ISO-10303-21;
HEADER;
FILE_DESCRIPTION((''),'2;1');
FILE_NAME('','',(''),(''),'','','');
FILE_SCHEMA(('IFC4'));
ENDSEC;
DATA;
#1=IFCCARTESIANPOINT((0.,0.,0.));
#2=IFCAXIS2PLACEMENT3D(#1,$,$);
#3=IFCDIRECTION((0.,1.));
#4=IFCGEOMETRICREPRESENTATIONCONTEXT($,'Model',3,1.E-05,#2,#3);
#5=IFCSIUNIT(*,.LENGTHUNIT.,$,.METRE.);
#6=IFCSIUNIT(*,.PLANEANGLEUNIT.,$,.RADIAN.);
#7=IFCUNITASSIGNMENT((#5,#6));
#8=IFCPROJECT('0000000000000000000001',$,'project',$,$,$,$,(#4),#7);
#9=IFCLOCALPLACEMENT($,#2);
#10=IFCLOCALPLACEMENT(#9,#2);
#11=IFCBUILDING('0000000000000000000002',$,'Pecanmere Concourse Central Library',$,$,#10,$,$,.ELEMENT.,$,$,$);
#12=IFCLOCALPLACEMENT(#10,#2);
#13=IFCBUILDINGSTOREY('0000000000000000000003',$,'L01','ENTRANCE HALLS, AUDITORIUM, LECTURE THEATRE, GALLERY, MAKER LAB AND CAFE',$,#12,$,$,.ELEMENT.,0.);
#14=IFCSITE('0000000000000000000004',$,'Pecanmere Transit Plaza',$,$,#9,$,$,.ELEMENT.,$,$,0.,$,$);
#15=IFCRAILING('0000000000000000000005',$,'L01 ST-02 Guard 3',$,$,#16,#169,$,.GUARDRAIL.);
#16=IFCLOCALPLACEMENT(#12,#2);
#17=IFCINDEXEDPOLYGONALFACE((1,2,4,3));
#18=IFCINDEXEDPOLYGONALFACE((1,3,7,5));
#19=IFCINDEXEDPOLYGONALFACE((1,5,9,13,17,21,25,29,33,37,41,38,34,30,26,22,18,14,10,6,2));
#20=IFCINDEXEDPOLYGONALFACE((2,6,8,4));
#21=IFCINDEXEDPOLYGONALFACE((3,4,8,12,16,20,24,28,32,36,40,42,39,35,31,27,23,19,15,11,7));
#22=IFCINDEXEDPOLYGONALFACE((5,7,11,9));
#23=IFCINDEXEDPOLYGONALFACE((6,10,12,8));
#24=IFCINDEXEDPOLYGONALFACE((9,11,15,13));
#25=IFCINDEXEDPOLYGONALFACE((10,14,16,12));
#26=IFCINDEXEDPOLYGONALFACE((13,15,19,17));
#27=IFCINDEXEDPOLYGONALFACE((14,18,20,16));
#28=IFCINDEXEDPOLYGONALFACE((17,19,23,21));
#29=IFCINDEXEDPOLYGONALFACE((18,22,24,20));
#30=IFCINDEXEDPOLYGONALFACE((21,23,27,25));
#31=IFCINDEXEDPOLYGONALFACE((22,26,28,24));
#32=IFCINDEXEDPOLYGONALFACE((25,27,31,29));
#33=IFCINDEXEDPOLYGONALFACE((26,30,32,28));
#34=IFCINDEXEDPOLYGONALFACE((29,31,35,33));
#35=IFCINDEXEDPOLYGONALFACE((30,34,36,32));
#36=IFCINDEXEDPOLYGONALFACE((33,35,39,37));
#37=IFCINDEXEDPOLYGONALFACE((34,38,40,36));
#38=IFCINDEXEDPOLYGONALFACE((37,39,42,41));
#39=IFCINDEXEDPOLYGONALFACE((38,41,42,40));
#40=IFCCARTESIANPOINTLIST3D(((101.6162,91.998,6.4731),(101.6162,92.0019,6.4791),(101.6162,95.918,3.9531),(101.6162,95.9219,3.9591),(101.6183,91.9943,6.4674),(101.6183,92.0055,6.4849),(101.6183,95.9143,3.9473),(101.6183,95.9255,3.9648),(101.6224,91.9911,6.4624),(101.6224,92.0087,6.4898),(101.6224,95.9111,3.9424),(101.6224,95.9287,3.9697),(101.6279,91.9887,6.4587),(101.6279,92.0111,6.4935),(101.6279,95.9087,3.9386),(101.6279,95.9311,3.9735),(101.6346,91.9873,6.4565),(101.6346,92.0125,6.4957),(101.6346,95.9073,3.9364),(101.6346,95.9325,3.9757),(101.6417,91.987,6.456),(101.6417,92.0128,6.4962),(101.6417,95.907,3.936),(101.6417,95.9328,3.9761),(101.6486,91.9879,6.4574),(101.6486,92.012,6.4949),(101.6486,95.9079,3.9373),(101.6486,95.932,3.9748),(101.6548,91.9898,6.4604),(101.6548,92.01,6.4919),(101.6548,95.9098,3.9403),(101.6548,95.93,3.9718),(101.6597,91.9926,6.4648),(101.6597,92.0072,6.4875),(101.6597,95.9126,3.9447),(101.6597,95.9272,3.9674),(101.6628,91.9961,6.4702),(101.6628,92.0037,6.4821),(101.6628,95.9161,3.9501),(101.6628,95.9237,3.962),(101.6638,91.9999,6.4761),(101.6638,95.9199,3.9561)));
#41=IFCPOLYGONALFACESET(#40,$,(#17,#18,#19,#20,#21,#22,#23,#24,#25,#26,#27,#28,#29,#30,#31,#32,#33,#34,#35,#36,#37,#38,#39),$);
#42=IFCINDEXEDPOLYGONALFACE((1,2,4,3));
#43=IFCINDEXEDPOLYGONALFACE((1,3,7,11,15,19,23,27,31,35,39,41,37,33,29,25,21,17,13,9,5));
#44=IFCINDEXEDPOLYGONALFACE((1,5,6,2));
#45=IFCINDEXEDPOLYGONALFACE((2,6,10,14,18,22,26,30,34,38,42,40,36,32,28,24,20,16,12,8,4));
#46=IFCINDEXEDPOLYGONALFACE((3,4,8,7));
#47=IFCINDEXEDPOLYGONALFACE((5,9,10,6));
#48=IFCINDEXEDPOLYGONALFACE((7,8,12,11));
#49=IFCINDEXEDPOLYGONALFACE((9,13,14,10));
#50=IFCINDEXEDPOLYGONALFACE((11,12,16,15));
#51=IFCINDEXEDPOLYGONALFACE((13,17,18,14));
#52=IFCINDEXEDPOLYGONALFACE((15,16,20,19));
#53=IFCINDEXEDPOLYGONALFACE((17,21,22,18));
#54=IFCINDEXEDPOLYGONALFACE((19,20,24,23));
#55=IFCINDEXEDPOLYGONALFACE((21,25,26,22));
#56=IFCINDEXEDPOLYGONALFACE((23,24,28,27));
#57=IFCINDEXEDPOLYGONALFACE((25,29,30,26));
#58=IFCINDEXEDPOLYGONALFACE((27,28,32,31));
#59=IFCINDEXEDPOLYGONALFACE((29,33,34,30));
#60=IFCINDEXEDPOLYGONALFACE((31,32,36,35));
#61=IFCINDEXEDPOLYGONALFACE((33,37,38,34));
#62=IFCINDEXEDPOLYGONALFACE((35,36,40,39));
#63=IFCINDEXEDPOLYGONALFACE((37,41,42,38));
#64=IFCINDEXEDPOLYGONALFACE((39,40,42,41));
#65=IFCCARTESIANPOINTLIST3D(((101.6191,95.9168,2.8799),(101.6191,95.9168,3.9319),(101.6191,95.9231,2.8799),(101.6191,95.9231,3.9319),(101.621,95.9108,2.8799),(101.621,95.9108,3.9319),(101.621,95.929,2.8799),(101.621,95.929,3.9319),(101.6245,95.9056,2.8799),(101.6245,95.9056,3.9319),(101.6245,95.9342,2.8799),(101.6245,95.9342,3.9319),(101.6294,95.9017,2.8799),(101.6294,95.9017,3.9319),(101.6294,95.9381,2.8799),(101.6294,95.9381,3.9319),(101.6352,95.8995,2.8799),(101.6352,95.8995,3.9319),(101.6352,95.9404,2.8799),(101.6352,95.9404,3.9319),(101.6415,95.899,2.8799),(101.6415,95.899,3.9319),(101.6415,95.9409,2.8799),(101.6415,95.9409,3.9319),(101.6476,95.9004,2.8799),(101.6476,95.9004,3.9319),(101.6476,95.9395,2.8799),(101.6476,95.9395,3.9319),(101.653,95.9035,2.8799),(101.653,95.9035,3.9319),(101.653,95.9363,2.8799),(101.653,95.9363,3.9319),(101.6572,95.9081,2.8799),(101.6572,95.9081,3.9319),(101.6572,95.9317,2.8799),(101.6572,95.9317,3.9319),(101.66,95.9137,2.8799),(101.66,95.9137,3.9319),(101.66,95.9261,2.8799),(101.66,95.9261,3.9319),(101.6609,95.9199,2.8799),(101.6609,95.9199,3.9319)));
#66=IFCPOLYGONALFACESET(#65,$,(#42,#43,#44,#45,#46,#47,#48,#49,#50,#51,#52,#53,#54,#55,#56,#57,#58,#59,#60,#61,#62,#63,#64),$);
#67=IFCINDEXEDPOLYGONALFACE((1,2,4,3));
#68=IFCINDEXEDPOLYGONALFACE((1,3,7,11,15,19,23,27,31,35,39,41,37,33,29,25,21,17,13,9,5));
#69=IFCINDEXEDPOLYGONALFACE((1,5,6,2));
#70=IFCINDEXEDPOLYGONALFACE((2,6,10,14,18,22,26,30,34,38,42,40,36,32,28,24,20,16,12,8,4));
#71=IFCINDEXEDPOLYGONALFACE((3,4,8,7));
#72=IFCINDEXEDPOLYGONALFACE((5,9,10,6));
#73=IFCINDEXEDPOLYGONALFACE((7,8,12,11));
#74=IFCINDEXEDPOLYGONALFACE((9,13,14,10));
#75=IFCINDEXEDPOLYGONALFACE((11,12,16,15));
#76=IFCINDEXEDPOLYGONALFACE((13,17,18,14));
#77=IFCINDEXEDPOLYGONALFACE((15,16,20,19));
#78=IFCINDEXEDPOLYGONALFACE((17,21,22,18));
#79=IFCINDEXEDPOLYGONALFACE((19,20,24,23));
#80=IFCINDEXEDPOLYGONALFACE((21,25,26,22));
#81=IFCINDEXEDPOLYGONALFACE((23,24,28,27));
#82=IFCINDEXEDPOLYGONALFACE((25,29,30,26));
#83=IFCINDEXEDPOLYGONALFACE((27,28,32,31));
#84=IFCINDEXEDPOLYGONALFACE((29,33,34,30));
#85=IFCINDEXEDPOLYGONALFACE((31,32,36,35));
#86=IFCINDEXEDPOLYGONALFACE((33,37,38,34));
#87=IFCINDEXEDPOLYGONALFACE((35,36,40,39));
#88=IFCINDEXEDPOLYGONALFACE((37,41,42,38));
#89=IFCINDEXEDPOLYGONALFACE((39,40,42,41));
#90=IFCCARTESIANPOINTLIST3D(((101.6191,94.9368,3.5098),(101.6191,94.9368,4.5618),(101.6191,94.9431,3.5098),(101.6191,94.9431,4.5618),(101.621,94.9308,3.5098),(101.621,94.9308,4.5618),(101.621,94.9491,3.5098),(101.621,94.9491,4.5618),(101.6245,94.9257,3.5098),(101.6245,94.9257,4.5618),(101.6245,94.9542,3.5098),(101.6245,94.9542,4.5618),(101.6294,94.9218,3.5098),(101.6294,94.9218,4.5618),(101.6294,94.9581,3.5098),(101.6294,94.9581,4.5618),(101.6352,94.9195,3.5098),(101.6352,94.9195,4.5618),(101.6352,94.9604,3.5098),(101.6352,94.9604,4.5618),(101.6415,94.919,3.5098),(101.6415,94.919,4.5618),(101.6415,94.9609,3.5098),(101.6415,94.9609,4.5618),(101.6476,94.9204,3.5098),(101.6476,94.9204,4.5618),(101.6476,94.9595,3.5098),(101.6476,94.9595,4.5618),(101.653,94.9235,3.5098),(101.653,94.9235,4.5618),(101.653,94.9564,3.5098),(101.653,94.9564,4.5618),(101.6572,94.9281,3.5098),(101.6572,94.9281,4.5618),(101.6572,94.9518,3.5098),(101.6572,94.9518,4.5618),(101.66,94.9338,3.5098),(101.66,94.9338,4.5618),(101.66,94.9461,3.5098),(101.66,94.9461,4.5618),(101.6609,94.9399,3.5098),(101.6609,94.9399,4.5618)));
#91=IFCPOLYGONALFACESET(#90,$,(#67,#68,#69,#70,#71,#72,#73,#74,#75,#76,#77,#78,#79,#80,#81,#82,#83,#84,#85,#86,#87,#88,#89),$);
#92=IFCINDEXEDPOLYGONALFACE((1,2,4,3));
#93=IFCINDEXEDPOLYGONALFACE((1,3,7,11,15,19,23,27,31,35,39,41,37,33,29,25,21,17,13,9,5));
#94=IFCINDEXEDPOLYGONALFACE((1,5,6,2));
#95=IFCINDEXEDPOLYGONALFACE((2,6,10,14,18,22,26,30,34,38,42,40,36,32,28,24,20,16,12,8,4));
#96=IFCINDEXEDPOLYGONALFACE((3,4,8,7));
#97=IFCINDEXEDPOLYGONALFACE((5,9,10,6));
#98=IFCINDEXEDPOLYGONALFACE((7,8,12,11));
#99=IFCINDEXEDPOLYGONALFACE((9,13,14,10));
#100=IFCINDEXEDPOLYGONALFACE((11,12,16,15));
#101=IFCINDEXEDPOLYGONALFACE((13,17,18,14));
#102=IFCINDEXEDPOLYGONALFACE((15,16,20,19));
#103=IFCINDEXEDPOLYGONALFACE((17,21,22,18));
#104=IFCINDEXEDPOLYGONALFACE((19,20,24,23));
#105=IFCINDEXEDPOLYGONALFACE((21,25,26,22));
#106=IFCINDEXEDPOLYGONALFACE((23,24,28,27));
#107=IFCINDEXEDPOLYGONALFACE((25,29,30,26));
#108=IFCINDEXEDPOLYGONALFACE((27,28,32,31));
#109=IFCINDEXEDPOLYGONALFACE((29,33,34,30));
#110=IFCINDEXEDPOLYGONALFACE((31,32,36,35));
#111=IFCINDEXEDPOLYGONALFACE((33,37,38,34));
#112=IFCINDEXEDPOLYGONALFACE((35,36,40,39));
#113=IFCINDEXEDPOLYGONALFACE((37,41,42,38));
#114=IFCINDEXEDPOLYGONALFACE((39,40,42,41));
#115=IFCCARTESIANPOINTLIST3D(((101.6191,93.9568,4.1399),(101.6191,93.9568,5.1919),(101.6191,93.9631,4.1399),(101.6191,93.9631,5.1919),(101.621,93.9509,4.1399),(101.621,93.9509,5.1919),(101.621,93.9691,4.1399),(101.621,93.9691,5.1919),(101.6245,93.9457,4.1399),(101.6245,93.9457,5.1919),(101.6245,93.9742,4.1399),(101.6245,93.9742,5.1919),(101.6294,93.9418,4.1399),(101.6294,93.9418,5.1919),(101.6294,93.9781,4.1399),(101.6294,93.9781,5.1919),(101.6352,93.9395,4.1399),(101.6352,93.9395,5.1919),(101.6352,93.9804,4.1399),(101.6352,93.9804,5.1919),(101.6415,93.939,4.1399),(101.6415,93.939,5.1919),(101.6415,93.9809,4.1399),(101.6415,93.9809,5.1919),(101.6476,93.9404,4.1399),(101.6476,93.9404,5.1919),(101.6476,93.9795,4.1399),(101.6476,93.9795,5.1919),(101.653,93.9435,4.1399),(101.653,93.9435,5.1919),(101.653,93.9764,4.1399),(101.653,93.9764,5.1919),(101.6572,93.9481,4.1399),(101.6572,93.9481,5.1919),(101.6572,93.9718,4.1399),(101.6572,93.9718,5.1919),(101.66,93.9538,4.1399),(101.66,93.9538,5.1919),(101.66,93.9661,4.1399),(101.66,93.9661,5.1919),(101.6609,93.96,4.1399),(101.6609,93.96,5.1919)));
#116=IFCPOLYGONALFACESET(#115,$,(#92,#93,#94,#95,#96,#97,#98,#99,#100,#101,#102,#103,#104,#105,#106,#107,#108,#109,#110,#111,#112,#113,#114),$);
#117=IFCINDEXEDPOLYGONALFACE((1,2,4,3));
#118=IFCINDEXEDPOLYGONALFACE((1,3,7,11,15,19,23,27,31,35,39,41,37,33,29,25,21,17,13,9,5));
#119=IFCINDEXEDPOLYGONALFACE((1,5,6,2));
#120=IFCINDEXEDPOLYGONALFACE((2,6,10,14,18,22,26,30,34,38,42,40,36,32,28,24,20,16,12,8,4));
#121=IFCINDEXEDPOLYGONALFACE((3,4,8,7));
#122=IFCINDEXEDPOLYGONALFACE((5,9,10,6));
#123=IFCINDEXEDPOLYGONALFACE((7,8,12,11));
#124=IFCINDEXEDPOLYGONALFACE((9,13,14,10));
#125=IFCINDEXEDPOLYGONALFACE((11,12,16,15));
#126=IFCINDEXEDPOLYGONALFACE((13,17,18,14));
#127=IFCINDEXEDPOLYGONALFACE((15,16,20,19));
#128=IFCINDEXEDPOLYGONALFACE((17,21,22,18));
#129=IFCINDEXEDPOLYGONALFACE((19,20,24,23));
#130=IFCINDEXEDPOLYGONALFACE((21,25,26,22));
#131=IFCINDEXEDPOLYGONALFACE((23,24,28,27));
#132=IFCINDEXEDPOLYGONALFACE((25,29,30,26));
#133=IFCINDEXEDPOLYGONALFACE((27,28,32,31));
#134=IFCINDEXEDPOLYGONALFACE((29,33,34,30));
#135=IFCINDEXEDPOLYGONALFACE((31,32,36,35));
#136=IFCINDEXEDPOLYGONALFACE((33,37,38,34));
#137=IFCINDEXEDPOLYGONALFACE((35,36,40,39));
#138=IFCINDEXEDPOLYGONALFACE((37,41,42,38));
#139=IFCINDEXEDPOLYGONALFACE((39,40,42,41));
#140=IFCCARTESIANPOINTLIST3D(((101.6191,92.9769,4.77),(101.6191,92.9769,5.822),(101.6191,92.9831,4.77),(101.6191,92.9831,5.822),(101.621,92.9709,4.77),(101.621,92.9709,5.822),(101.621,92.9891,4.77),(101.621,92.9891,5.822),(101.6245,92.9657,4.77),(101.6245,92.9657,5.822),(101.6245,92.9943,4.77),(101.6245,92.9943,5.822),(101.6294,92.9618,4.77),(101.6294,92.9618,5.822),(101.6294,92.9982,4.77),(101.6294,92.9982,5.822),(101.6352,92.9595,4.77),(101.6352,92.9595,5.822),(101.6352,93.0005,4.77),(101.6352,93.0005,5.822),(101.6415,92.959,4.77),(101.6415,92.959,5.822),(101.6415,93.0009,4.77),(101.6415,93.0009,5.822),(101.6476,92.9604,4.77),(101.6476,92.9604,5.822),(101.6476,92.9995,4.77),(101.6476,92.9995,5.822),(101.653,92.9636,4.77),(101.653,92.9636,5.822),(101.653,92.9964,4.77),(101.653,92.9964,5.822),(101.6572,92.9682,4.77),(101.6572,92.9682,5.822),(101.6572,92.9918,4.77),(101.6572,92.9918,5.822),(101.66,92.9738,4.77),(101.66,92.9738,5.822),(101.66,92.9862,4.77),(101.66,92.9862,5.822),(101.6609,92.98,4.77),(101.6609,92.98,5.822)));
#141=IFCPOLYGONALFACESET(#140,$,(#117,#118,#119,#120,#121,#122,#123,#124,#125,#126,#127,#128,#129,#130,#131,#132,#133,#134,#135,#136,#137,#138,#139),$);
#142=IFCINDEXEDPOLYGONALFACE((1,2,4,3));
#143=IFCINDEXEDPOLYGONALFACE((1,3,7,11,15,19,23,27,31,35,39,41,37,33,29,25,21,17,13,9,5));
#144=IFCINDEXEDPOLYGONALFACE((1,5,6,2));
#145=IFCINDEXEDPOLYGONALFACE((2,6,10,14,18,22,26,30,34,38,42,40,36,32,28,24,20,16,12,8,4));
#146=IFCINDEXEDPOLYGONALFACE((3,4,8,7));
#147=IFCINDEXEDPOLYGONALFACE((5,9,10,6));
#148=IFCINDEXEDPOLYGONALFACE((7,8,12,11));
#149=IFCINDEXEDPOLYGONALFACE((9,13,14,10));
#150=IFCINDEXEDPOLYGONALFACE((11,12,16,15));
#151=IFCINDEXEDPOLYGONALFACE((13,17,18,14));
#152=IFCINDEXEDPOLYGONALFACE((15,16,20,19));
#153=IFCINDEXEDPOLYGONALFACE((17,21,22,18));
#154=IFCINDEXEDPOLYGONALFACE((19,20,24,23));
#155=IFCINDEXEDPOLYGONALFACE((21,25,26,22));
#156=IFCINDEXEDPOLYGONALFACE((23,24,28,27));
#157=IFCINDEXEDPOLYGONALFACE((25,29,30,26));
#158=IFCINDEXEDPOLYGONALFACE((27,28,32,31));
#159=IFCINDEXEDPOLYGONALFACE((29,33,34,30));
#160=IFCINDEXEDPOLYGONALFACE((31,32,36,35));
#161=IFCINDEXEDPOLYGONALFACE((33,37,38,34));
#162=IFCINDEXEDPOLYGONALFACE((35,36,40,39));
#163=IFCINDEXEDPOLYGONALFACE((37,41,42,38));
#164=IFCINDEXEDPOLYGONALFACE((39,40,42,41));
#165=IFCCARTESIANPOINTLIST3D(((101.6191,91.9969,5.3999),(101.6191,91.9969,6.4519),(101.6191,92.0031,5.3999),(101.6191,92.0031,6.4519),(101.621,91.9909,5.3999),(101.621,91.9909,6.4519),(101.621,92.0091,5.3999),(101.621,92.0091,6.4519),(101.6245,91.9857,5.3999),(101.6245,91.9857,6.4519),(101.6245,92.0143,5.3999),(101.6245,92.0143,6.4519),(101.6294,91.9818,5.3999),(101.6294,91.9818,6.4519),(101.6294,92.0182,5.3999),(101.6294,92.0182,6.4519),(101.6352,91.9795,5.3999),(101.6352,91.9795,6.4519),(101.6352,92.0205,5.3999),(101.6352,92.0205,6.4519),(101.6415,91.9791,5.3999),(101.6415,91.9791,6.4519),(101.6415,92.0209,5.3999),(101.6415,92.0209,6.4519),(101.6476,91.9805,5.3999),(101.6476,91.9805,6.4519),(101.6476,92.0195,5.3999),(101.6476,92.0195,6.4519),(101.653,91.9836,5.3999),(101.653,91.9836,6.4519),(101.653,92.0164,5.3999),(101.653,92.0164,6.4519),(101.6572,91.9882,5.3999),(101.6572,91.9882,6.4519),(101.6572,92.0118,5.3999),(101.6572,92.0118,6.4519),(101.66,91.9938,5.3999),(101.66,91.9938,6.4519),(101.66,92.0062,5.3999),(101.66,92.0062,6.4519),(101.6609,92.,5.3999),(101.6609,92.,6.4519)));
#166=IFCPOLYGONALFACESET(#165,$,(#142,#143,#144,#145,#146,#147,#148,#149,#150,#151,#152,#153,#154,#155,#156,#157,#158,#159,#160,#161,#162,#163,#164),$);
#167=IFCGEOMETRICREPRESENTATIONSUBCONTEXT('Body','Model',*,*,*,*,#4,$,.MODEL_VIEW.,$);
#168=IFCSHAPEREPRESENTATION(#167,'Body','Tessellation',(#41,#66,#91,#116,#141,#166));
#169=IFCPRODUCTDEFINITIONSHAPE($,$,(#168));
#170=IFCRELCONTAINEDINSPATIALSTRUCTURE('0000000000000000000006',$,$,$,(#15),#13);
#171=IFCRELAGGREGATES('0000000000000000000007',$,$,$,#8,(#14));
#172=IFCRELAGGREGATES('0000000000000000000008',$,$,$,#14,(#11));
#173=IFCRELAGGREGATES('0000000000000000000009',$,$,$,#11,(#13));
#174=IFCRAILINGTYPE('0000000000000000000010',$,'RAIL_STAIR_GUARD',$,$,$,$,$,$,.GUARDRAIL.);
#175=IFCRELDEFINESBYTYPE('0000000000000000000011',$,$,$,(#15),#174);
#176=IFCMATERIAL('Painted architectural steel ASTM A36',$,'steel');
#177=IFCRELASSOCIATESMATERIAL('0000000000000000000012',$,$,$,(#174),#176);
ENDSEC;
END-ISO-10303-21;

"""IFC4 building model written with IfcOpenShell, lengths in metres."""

from ifc_helpers import new_model, si_unit, direction, frame, origin, origin_2d, place, context, subcontext, project, spatial, circle, extrude, material, type_object, element, save


model = new_model("IFC4")

# Units and contexts
model_context = context("Model", 3, precision=1e-05, world=origin(), true_north=direction((0.0, 1.0)))
body_context = subcontext(model_context, "Body", "Model", "MODEL_VIEW")
ifc_project = project(units=[si_unit("LENGTHUNIT", "METRE"), si_unit("PLANEANGLEUNIT", "RADIAN")], contexts=[model_context])

# Site, building, storey
site_placement = place(None, origin())
site = spatial("IfcSite", under=ifc_project, at=site_placement, Name="Pecanmere Transit Plaza", CompositionType="ELEMENT", RefElevation=0.0)
building_placement = place(site_placement, origin())
building = spatial("IfcBuilding", under=site, at=building_placement, Name="Pecanmere Concourse Central Library", CompositionType="ELEMENT")
storey_placement = place(building_placement, origin())
storey = spatial("IfcBuildingStorey", under=building, at=storey_placement, Name="L01", Description="ENTRANCE HALLS, AUDITORIUM, LECTURE THEATRE, GALLERY, MAKER LAB AND CAFE", CompositionType="ELEMENT", Elevation=0.0)

# Railing
ifc_material_1 = material(Name="Painted architectural steel ASTM A36", Category="steel")
railing_type_1 = type_object("IfcRailingType", Name="RAIL_STAIR_GUARD", PredefinedType="GUARDRAIL", material=ifc_material_1)
railing_1_placement = place(storey_placement, frame((101.6399, 95.9199, 2.8799)))
element("IfcRailing", 1, at=railing_1_placement, inside=storey, type_object=railing_type_1, Name="L01 ST-02 Guard 3", PredefinedType="GUARDRAIL", context=body_context, shape_type="SweptSolid", body=[
    extrude(circle(Radius=0.0239, at=origin_2d()), frame((0.0, 0.0, 1.0762), z_axis=(0.0, -0.841172, 0.540768), x_axis=(1.0, 0.0, 0.0)), (0.0, 0.0, 1.0), 4.6602),
    extrude(circle(Radius=0.021, at=origin_2d()), origin(), (0.0, 0.0, 1.0), 1.052),
    extrude(circle(Radius=0.021, at=origin_2d()), frame((0.0, -0.98, 0.6299)), (0.0, 0.0, 1.0), 1.052),
    extrude(circle(Radius=0.021, at=origin_2d()), frame((0.0, -1.96, 1.26)), (0.0, 0.0, 1.0), 1.052),
    extrude(circle(Radius=0.021, at=origin_2d()), frame((0.0, -2.9399, 1.8901)), (0.0, 0.0, 1.0), 1.052),
    extrude(circle(Radius=0.021, at=origin_2d()), frame((0.0, -3.9199, 2.52)), (0.0, 0.0, 1.0), 1.052),
])

save(model, "model.ifc")
